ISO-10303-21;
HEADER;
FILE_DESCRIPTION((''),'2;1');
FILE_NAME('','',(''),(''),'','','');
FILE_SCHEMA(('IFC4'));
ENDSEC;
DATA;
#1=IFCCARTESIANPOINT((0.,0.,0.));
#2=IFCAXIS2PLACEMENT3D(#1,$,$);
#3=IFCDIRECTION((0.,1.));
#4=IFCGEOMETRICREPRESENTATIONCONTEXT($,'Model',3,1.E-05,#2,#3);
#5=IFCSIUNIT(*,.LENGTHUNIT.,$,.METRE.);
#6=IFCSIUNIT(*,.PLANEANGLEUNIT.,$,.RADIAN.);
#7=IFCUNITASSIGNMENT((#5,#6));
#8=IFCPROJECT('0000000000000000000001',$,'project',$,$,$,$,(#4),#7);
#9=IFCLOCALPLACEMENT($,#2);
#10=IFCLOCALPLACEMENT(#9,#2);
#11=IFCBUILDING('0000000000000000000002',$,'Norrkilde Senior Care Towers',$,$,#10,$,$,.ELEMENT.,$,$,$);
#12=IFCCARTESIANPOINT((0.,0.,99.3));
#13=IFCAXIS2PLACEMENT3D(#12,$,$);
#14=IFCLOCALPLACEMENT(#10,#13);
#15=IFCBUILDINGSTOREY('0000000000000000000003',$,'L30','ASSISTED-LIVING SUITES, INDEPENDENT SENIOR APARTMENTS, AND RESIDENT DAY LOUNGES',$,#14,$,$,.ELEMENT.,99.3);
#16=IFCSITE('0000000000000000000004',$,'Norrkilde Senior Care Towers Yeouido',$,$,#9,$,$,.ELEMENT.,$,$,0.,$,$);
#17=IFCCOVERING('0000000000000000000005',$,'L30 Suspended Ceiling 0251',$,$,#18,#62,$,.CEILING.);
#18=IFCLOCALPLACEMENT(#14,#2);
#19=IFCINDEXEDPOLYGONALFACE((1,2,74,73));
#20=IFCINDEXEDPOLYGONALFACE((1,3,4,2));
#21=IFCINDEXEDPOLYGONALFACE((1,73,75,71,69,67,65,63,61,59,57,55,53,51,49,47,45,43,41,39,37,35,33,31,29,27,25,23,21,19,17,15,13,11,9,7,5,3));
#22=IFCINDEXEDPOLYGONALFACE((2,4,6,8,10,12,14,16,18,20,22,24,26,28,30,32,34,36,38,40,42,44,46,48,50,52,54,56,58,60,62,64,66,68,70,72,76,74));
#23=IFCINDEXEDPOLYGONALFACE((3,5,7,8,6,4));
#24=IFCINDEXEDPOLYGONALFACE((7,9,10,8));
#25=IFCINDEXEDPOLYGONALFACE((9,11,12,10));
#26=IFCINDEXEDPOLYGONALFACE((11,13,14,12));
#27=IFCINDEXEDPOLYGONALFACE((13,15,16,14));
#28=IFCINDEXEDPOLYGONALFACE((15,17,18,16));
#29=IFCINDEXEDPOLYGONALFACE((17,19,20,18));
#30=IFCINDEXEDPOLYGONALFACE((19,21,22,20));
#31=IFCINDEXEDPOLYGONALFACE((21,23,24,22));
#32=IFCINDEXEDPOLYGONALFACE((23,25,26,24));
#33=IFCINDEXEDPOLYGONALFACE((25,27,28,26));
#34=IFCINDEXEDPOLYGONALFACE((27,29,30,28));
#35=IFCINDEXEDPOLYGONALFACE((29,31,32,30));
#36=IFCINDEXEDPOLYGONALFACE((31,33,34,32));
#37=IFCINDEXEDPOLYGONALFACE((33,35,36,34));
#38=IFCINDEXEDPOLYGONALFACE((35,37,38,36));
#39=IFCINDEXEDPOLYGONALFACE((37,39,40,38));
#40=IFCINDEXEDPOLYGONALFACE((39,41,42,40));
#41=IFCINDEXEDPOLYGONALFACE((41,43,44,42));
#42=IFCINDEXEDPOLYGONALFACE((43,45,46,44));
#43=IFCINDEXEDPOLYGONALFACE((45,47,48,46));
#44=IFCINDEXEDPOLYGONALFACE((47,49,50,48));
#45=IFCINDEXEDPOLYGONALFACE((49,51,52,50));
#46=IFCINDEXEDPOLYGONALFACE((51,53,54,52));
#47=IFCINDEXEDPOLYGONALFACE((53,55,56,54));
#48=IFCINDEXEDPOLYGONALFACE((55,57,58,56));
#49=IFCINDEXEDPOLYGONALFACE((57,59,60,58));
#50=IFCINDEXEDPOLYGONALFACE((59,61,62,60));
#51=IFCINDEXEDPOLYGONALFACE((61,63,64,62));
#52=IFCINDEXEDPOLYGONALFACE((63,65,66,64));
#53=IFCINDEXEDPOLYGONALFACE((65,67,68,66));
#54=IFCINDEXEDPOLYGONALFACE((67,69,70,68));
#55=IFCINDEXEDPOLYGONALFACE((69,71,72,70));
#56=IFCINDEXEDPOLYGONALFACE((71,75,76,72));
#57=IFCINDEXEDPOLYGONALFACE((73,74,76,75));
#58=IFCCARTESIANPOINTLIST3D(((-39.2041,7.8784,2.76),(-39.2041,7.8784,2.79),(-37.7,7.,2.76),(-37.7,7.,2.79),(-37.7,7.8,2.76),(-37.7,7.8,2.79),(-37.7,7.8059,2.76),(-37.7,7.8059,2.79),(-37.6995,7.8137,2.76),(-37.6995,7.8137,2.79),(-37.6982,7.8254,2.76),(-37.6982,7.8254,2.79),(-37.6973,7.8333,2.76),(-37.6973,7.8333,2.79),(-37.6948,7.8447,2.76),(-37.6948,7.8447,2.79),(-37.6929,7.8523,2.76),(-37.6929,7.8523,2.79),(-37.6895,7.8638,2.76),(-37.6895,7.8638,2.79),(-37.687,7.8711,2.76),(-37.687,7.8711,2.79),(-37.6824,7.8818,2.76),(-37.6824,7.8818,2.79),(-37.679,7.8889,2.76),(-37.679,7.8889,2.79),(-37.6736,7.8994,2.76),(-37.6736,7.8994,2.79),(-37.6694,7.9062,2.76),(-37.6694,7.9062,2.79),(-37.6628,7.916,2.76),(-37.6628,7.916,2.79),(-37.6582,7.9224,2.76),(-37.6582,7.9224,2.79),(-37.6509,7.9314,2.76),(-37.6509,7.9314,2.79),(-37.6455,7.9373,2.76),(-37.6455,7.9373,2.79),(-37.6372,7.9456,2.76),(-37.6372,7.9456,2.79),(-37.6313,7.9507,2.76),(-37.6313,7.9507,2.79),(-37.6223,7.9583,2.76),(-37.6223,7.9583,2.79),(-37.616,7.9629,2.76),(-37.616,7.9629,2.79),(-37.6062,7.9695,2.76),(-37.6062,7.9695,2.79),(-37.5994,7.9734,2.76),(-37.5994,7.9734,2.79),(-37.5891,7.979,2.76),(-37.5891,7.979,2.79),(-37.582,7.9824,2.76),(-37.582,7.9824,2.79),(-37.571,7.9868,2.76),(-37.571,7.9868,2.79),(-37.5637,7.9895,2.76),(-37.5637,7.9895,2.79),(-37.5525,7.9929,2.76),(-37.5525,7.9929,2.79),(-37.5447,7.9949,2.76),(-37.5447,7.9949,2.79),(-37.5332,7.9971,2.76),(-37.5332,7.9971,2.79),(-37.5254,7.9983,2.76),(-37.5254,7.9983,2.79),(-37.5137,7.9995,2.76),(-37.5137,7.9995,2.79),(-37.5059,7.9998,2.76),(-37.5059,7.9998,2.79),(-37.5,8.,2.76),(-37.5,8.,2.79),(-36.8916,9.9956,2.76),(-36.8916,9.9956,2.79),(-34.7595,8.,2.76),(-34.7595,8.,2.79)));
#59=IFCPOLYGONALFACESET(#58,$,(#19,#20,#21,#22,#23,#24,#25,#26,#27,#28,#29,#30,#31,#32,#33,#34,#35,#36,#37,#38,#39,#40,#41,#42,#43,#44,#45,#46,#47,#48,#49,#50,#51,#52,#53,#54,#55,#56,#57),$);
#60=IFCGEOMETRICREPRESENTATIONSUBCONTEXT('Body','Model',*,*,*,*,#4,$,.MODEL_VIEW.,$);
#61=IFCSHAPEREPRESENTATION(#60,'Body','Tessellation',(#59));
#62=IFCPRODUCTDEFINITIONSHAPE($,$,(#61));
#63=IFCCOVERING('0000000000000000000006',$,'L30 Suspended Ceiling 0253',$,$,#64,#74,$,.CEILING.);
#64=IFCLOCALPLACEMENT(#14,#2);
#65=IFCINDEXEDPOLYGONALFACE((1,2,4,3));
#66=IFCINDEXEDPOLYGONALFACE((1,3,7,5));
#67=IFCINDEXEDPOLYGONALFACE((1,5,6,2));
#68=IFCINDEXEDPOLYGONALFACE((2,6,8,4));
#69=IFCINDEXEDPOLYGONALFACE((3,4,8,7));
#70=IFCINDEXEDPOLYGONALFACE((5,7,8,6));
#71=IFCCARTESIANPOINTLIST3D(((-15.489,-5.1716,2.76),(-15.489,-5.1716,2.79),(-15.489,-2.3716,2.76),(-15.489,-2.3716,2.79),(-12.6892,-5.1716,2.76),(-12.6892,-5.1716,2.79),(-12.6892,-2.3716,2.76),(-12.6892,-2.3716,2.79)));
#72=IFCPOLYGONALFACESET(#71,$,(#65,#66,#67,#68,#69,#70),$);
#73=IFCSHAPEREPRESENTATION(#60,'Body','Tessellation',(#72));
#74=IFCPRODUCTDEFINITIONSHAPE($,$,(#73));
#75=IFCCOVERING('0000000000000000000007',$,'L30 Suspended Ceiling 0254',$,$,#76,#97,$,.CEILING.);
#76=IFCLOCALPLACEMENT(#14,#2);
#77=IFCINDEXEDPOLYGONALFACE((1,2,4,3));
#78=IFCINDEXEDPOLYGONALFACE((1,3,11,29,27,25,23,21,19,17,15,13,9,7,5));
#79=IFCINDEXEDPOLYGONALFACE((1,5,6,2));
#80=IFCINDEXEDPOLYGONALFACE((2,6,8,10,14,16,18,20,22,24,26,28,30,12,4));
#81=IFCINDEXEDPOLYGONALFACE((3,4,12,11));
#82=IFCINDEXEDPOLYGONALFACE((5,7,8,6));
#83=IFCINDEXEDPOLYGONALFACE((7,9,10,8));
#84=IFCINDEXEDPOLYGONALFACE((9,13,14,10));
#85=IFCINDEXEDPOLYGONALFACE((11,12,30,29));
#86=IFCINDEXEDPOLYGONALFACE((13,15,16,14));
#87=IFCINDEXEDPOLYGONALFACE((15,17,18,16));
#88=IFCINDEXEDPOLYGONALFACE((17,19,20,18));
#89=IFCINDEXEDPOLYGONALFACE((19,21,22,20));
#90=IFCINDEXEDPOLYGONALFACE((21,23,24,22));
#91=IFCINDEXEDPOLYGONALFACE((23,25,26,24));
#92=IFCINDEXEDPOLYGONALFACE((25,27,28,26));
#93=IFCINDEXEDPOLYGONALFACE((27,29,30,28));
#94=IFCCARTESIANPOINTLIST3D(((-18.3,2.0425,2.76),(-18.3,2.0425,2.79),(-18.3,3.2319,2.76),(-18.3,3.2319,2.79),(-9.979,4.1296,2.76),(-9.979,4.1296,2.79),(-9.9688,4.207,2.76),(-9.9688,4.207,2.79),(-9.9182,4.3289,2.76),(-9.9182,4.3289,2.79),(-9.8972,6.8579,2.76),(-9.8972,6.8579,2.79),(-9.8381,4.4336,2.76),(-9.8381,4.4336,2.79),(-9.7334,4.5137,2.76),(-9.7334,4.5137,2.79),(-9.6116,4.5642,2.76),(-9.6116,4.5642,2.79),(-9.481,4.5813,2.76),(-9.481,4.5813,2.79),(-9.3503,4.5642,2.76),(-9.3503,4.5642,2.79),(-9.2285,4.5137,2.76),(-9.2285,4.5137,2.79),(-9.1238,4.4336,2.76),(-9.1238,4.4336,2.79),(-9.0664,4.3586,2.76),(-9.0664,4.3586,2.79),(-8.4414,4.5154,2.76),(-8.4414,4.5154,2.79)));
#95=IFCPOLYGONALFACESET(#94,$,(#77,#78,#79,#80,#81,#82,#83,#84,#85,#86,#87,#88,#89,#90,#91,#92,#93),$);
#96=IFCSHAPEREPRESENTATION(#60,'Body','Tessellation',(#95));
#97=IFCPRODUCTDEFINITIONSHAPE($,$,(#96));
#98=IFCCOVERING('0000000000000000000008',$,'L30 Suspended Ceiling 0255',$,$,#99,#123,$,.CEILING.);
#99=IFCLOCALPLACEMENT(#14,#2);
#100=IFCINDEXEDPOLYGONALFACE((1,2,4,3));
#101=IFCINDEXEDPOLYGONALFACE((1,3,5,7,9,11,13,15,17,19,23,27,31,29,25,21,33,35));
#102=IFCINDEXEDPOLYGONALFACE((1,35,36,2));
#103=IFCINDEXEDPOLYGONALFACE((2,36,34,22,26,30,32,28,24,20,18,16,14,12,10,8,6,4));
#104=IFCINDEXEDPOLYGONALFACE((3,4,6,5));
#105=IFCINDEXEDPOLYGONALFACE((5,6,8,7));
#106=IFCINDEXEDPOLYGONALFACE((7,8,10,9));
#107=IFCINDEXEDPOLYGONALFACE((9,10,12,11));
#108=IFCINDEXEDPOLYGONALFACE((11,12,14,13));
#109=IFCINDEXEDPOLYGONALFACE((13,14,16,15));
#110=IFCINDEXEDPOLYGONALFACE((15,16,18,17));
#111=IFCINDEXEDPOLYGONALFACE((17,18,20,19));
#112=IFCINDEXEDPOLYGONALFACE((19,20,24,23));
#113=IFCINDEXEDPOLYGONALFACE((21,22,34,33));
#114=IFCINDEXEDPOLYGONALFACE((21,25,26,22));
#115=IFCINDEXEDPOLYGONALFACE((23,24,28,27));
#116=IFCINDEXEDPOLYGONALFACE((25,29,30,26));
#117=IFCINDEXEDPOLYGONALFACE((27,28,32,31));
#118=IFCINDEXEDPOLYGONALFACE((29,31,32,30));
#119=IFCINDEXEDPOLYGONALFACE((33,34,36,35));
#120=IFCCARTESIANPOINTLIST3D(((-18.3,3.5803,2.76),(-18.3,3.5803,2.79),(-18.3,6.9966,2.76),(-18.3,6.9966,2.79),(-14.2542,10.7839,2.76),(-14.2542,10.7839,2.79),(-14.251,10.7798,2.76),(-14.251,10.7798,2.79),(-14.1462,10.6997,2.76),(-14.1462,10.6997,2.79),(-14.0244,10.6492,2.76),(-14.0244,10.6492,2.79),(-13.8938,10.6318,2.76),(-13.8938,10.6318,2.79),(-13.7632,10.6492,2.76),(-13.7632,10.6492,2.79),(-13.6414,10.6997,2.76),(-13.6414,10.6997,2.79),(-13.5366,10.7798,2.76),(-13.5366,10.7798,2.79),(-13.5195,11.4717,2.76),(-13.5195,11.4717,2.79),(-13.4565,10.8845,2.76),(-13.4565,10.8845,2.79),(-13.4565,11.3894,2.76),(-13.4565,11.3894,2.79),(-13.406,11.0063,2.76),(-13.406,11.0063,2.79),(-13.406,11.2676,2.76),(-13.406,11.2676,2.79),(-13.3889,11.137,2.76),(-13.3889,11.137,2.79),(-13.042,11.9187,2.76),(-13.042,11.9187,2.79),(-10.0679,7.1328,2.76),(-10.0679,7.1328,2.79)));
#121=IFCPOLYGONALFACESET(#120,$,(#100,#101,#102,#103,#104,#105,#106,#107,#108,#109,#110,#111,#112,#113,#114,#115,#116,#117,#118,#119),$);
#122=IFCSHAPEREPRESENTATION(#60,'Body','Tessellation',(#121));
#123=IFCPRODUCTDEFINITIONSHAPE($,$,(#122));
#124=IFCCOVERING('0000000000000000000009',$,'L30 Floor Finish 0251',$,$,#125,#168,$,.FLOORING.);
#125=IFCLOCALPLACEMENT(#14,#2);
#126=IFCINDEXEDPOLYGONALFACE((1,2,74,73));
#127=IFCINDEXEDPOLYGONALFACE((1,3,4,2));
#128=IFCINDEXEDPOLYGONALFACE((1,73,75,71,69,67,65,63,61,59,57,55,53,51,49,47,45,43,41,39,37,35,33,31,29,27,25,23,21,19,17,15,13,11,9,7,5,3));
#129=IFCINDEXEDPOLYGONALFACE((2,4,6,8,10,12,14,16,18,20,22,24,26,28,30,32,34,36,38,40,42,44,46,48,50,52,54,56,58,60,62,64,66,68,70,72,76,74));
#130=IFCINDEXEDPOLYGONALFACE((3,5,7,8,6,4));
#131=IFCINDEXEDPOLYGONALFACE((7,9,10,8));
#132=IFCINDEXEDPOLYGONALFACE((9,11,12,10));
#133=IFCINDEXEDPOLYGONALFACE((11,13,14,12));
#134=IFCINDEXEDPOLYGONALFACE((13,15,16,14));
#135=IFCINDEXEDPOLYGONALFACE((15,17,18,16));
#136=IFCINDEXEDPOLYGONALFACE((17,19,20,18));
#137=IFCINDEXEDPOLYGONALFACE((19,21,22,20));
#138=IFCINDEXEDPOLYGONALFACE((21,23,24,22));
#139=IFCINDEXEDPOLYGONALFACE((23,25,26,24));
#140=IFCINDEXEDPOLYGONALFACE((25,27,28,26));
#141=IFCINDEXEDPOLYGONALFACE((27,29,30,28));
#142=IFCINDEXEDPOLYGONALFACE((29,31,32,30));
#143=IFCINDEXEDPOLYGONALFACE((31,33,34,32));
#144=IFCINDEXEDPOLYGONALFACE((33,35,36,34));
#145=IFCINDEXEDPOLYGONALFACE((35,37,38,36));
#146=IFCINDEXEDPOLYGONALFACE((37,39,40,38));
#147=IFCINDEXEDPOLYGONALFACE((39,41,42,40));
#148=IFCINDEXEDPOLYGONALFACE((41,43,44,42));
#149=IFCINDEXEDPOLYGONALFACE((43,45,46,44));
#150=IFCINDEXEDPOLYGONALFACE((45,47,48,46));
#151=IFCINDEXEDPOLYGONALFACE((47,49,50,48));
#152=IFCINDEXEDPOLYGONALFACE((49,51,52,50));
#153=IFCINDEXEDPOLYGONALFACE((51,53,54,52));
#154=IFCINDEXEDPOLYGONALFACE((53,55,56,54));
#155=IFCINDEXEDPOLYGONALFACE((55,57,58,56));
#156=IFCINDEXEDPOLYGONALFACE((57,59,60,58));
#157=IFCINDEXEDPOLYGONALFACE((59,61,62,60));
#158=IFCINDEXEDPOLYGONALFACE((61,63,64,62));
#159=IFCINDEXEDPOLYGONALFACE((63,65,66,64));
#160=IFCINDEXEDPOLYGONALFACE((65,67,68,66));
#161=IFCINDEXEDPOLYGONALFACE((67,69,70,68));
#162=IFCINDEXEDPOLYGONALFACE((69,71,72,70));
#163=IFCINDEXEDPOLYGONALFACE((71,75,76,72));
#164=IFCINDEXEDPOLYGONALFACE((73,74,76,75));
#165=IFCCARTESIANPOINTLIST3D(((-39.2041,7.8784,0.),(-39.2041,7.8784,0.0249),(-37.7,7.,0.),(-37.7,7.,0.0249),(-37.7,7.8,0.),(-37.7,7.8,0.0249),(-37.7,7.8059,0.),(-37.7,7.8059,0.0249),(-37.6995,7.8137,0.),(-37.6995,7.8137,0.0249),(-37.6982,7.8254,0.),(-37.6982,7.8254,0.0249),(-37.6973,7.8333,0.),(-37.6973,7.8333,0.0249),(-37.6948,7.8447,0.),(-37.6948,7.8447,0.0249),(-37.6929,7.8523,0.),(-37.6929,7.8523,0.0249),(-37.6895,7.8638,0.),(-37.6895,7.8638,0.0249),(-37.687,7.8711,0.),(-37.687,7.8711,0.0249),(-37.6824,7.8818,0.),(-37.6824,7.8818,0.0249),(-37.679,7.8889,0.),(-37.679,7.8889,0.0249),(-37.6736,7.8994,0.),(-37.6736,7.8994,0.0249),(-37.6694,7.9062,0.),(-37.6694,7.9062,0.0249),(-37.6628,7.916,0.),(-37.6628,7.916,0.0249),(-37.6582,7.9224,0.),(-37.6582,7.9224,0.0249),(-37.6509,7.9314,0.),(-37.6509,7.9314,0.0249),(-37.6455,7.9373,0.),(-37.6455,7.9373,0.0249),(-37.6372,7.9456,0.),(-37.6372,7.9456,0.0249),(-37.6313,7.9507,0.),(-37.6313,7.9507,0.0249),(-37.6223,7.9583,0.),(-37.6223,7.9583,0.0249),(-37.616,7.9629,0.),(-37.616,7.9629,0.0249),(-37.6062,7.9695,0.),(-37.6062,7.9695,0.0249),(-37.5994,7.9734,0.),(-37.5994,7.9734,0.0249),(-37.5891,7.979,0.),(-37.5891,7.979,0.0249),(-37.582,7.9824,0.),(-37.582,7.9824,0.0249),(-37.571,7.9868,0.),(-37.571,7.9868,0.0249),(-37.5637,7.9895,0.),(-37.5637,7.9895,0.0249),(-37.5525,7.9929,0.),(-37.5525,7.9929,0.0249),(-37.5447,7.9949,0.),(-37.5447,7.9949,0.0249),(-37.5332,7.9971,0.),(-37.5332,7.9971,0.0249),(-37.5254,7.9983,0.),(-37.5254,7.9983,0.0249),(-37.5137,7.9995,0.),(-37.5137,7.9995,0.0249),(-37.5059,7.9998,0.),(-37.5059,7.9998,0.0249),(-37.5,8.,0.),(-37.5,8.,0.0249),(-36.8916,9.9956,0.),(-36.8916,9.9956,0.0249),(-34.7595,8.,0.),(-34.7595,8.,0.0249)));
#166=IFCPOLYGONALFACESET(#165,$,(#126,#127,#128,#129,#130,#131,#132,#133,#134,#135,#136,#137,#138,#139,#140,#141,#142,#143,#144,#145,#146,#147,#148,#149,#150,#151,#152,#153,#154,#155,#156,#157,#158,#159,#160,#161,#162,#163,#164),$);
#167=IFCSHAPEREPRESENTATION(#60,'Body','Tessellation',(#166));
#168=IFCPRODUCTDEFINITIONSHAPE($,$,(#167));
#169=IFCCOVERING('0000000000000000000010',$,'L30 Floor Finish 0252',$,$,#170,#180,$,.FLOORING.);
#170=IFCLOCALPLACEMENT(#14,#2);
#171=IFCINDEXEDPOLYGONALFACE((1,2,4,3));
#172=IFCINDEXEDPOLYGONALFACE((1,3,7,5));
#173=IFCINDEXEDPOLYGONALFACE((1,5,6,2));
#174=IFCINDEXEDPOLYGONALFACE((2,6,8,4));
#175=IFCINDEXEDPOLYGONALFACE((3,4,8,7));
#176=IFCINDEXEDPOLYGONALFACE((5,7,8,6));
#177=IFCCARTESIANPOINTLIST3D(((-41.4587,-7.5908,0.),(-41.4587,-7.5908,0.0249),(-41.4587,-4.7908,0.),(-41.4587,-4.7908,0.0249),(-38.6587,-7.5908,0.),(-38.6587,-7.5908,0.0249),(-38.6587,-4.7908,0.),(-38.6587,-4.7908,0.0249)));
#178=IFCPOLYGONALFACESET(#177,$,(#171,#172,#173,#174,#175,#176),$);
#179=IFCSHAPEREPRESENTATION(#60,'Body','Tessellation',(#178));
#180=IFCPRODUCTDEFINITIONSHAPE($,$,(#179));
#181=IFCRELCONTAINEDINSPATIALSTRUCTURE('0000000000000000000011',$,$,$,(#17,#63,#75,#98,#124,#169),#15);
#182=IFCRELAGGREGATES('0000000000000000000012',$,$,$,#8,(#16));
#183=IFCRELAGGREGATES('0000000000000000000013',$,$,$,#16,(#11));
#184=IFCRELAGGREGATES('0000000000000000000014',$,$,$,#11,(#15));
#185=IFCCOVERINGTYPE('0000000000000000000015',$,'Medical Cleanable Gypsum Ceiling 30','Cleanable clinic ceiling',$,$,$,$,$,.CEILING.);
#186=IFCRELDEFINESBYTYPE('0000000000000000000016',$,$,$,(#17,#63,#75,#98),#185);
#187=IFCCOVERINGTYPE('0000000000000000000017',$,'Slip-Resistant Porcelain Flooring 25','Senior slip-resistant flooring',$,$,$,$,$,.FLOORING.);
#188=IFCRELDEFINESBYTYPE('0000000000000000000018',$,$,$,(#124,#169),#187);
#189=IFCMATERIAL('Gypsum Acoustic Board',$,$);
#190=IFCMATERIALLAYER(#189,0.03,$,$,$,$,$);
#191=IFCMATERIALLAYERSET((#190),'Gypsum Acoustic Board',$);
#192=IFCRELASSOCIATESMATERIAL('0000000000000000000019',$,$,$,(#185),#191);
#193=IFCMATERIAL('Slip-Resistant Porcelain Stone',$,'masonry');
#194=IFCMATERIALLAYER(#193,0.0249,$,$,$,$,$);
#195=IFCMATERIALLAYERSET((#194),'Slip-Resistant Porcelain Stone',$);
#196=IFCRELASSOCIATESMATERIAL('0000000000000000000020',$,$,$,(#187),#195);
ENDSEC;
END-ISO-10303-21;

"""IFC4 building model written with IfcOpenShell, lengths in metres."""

from ifc_helpers import new_model, si_unit, direction, frame, origin, place, context, subcontext, project, spatial, polyline, outline, extrude, material, layer, layer_set, type_object, element, save


model = new_model("IFC4")

# Units and contexts
model_context = context("Model", 3, precision=1e-05, world=origin(), true_north=direction((0.0, 1.0)))
body_context = subcontext(model_context, "Body", "Model", "MODEL_VIEW")
ifc_project = project(units=[si_unit("LENGTHUNIT", "METRE"), si_unit("PLANEANGLEUNIT", "RADIAN")], contexts=[model_context])

# Site, building, storey
site_placement = place(None, origin())
site = spatial("IfcSite", under=ifc_project, at=site_placement, Name="Norrkilde Senior Care Towers Yeouido", CompositionType="ELEMENT", RefElevation=0.0)
building_placement = place(site_placement, origin())
building = spatial("IfcBuilding", under=site, at=building_placement, Name="Norrkilde Senior Care Towers", CompositionType="ELEMENT")
storey_placement = place(building_placement, frame((0.0, 0.0, 99.3)))
storey = spatial("IfcBuildingStorey", under=building, at=storey_placement, Name="L30", Description="ASSISTED-LIVING SUITES, INDEPENDENT SENIOR APARTMENTS, AND RESIDENT DAY LOUNGES", CompositionType="ELEMENT", Elevation=99.3)

# Coverings
ifc_material_1 = material(Name="Gypsum Acoustic Board")
ifc_layer_1 = layer(ifc_material_1, 0.03)
ifc_layer_set_1 = layer_set([ifc_layer_1], Name="Gypsum Acoustic Board")
covering_type_1 = type_object("IfcCoveringType", Name="Medical Cleanable Gypsum Ceiling 30", Description="Cleanable clinic ceiling", PredefinedType="CEILING", material=ifc_layer_set_1)
covering_1_placement = place(storey_placement, frame((0.0, 0.0, 2.76)))
element("IfcCovering", 1, at=covering_1_placement, inside=storey, type_object=covering_type_1, Name="L30 Suspended Ceiling 0251", PredefinedType="CEILING", context=body_context, shape_type="SweptSolid", body=[
    extrude(outline(polyline([(-37.5137, 7.9995), (-37.5254, 7.9983), (-37.5332, 7.9971), (-37.5447, 7.9949), (-37.5525, 7.9929), (-37.5637, 7.9895), (-37.571, 7.9868), (-37.582, 7.9824), (-37.5891, 7.979), (-37.5994, 7.9734), (-37.6062, 7.9695), (-37.616, 7.9629), (-37.6223, 7.9583), (-37.6313, 7.9507), (-37.6372, 7.9456), (-37.6455, 7.9373), (-37.6509, 7.9314), (-37.6582, 7.9224), (-37.6628, 7.916), (-37.6694, 7.9062), (-37.6736, 7.8994), (-37.679, 7.8889), (-37.6824, 7.8818), (-37.687, 7.8711), (-37.6895, 7.8638), (-37.6929, 7.8523), (-37.6948, 7.8447), (-37.6973, 7.8333), (-37.6982, 7.8254), (-37.6995, 7.8137), (-37.7, 7.8059), (-37.7, 7.8), (-37.7, 7.0), (-39.2041, 7.8784), (-36.8916, 9.9956), (-34.7595, 8.0), (-37.5, 8.0), (-37.5059, 7.9998), (-37.5137, 7.9995)])), origin(), (0.0, 0.0, 1.0), 0.03),
])
covering_2_placement = place(storey_placement, frame((0.0, 0.0, 2.76)))
element("IfcCovering", 2, at=covering_2_placement, inside=storey, type_object=covering_type_1, Name="L30 Suspended Ceiling 0253", PredefinedType="CEILING", context=body_context, shape_type="SweptSolid", body=[
    extrude(outline(polyline([(-15.489, -5.1716), (-15.489, -2.3716), (-12.6892, -2.3716), (-12.6892, -5.1716), (-15.489, -5.1716)])), origin(), (0.0, 0.0, 1.0), 0.03),
])
covering_3_placement = place(storey_placement, frame((0.0, 0.0, 2.76)))
element("IfcCovering", 3, at=covering_3_placement, inside=storey, type_object=covering_type_1, Name="L30 Suspended Ceiling 0254", PredefinedType="CEILING", context=body_context, shape_type="SweptSolid", body=[
    extrude(outline(polyline([(-9.0664, 4.3586), (-9.1238, 4.4336), (-9.2285, 4.5137), (-9.3503, 4.5642), (-9.481, 4.5813), (-9.6116, 4.5642), (-9.7334, 4.5137), (-9.8381, 4.4336), (-9.9182, 4.3289), (-9.9688, 4.207), (-9.979, 4.1296), (-18.3, 2.0425), (-18.3, 3.2319), (-9.8972, 6.8579), (-8.4414, 4.5154), (-9.0664, 4.3586)])), origin(), (0.0, 0.0, 1.0), 0.03),
])
covering_4_placement = place(storey_placement, frame((0.0, 0.0, 2.76)))
element("IfcCovering", 4, at=covering_4_placement, inside=storey, type_object=covering_type_1, Name="L30 Suspended Ceiling 0255", PredefinedType="CEILING", context=body_context, shape_type="SweptSolid", body=[
    extrude(outline(polyline([(-10.0679, 7.1328), (-18.3, 3.5803), (-18.3, 6.9966), (-14.2542, 10.7839), (-14.251, 10.7798), (-14.1462, 10.6997), (-14.0244, 10.6492), (-13.8938, 10.6318), (-13.7632, 10.6492), (-13.6414, 10.6997), (-13.5366, 10.7798), (-13.4565, 10.8845), (-13.406, 11.0063), (-13.3889, 11.137), (-13.406, 11.2676), (-13.4565, 11.3894), (-13.5195, 11.4717), (-13.042, 11.9187), (-10.0679, 7.1328)])), origin(), (0.0, 0.0, 1.0), 0.03),
])
ifc_material_2 = material(Name="Slip-Resistant Porcelain Stone", Category="masonry")
ifc_layer_2 = layer(ifc_material_2, 0.0249)
ifc_layer_set_2 = layer_set([ifc_layer_2], Name="Slip-Resistant Porcelain Stone")
covering_type_2 = type_object("IfcCoveringType", Name="Slip-Resistant Porcelain Flooring 25", Description="Senior slip-resistant flooring", PredefinedType="FLOORING", material=ifc_layer_set_2)
covering_5_placement = place(storey_placement, origin())
element("IfcCovering", 5, at=covering_5_placement, inside=storey, type_object=covering_type_2, Name="L30 Floor Finish 0251", PredefinedType="FLOORING", context=body_context, shape_type="SweptSolid", body=[
    extrude(outline(polyline([(-37.5137, 7.9995), (-37.5254, 7.9983), (-37.5332, 7.9971), (-37.5447, 7.9949), (-37.5525, 7.9929), (-37.5637, 7.9895), (-37.571, 7.9868), (-37.582, 7.9824), (-37.5891, 7.979), (-37.5994, 7.9734), (-37.6062, 7.9695), (-37.616, 7.9629), (-37.6223, 7.9583), (-37.6313, 7.9507), (-37.6372, 7.9456), (-37.6455, 7.9373), (-37.6509, 7.9314), (-37.6582, 7.9224), (-37.6628, 7.916), (-37.6694, 7.9062), (-37.6736, 7.8994), (-37.679, 7.8889), (-37.6824, 7.8818), (-37.687, 7.8711), (-37.6895, 7.8638), (-37.6929, 7.8523), (-37.6948, 7.8447), (-37.6973, 7.8333), (-37.6982, 7.8254), (-37.6995, 7.8137), (-37.7, 7.8059), (-37.7, 7.8), (-37.7, 7.0), (-39.2041, 7.8784), (-36.8916, 9.9956), (-34.7595, 8.0), (-37.5, 8.0), (-37.5059, 7.9998), (-37.5137, 7.9995)])), origin(), (0.0, 0.0, 1.0), 0.0249),
])
covering_6_placement = place(storey_placement, origin())
element("IfcCovering", 6, at=covering_6_placement, inside=storey, type_object=covering_type_2, Name="L30 Floor Finish 0252", PredefinedType="FLOORING", context=body_context, shape_type="SweptSolid", body=[
    extrude(outline(polyline([(-41.4587, -7.5908), (-41.4587, -4.7908), (-38.6587, -4.7908), (-38.6587, -7.5908), (-41.4587, -7.5908)])), origin(), (0.0, 0.0, 1.0), 0.0249),
])

save(model, "model.ifc")
